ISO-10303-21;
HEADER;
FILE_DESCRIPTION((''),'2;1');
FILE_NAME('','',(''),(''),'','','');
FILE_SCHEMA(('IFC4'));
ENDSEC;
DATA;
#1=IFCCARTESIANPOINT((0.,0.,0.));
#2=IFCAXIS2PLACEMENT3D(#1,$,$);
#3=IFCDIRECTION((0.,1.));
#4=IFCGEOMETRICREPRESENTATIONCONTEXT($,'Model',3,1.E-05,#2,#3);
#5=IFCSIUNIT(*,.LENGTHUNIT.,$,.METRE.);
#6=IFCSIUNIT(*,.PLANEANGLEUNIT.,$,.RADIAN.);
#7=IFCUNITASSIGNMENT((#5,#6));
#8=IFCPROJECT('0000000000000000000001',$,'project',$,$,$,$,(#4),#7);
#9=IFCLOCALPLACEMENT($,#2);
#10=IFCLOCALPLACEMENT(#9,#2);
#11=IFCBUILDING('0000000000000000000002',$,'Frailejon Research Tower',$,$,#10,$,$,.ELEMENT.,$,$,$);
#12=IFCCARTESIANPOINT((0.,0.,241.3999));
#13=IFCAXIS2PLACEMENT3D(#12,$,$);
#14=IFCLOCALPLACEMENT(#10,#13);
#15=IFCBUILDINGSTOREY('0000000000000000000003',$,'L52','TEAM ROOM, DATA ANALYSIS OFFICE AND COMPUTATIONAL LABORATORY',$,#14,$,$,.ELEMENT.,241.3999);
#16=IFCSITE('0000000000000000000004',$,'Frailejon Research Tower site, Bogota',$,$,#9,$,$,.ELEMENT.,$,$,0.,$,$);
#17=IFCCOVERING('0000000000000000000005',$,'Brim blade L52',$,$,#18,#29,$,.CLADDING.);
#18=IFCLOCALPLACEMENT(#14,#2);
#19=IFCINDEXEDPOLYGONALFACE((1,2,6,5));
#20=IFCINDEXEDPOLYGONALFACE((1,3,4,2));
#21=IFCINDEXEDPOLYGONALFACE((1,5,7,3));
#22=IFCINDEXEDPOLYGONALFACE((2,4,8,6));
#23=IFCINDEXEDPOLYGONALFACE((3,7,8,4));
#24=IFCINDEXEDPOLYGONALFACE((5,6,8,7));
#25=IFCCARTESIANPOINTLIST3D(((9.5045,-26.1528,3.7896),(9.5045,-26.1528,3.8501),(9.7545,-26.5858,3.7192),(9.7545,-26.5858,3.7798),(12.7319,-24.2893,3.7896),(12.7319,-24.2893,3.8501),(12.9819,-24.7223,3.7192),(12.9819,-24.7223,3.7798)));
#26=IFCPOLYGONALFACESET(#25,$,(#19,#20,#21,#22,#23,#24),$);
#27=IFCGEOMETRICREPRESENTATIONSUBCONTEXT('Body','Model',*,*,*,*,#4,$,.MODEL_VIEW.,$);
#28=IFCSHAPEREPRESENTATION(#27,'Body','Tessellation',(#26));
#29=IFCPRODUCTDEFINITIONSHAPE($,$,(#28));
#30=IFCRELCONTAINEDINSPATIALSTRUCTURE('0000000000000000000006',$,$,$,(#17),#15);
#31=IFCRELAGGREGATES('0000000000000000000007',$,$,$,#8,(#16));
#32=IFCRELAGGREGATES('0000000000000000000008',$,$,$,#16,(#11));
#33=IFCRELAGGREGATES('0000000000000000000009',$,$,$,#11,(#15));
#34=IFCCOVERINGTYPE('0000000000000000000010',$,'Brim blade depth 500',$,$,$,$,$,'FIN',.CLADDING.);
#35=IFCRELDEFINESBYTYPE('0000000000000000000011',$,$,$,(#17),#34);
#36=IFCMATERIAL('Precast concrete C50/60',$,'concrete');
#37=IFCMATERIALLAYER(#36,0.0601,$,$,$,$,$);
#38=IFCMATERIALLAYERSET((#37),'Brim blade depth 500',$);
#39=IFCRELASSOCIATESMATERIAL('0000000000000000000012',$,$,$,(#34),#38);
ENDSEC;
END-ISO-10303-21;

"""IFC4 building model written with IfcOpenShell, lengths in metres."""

from ifc_helpers import new_model, si_unit, direction, frame, origin, place, context, subcontext, project, spatial, polyline, outline, extrude, material, layer, layer_set, type_object, element, save


model = new_model("IFC4")

# Units and contexts
model_context = context("Model", 3, precision=1e-05, world=origin(), true_north=direction((0.0, 1.0)))
body_context = subcontext(model_context, "Body", "Model", "MODEL_VIEW")
ifc_project = project(units=[si_unit("LENGTHUNIT", "METRE"), si_unit("PLANEANGLEUNIT", "RADIAN")], contexts=[model_context])

# Site, building, storey
site_placement = place(None, origin())
site = spatial("IfcSite", under=ifc_project, at=site_placement, Name="Frailejon Research Tower site, Bogota", CompositionType="ELEMENT", RefElevation=0.0)
building_placement = place(site_placement, origin())
building = spatial("IfcBuilding", under=site, at=building_placement, Name="Frailejon Research Tower", CompositionType="ELEMENT")
storey_placement = place(building_placement, frame((0.0, 0.0, 241.3999)))
storey = spatial("IfcBuildingStorey", under=building, at=storey_placement, Name="L52", Description="TEAM ROOM, DATA ANALYSIS OFFICE AND COMPUTATIONAL LABORATORY", CompositionType="ELEMENT", Elevation=241.3999)

# Covering
ifc_material_1 = material(Name="Precast concrete C50/60", Category="concrete")
ifc_layer_1 = layer(ifc_material_1, 0.0601)
ifc_layer_set_1 = layer_set([ifc_layer_1], Name="Brim blade depth 500")
covering_type_1 = type_object("IfcCoveringType", Name="Brim blade depth 500", ElementType="FIN", PredefinedType="CLADDING", material=ifc_layer_set_1)
covering_placement = place(storey_placement, frame((12.7319, -24.2893, 3.8501), z_axis=(-0.866018, -0.500012, 0.0), x_axis=(0.500012, -0.866018, 0.0)))
element("IfcCovering", 1, at=covering_placement, inside=storey, type_object=covering_type_1, Name="Brim blade L52", PredefinedType="CLADDING", context=body_context, shape_type="SweptSolid", body=[
    extrude(outline(polyline([(0.0, -0.0605), (0.5, -0.1309), (0.5, -0.0703), (0.0, 0.0), (0.0, -0.0605)])), origin(), (0.0, 0.0, 1.0), 3.7268),
])

save(model, "model.ifc")
